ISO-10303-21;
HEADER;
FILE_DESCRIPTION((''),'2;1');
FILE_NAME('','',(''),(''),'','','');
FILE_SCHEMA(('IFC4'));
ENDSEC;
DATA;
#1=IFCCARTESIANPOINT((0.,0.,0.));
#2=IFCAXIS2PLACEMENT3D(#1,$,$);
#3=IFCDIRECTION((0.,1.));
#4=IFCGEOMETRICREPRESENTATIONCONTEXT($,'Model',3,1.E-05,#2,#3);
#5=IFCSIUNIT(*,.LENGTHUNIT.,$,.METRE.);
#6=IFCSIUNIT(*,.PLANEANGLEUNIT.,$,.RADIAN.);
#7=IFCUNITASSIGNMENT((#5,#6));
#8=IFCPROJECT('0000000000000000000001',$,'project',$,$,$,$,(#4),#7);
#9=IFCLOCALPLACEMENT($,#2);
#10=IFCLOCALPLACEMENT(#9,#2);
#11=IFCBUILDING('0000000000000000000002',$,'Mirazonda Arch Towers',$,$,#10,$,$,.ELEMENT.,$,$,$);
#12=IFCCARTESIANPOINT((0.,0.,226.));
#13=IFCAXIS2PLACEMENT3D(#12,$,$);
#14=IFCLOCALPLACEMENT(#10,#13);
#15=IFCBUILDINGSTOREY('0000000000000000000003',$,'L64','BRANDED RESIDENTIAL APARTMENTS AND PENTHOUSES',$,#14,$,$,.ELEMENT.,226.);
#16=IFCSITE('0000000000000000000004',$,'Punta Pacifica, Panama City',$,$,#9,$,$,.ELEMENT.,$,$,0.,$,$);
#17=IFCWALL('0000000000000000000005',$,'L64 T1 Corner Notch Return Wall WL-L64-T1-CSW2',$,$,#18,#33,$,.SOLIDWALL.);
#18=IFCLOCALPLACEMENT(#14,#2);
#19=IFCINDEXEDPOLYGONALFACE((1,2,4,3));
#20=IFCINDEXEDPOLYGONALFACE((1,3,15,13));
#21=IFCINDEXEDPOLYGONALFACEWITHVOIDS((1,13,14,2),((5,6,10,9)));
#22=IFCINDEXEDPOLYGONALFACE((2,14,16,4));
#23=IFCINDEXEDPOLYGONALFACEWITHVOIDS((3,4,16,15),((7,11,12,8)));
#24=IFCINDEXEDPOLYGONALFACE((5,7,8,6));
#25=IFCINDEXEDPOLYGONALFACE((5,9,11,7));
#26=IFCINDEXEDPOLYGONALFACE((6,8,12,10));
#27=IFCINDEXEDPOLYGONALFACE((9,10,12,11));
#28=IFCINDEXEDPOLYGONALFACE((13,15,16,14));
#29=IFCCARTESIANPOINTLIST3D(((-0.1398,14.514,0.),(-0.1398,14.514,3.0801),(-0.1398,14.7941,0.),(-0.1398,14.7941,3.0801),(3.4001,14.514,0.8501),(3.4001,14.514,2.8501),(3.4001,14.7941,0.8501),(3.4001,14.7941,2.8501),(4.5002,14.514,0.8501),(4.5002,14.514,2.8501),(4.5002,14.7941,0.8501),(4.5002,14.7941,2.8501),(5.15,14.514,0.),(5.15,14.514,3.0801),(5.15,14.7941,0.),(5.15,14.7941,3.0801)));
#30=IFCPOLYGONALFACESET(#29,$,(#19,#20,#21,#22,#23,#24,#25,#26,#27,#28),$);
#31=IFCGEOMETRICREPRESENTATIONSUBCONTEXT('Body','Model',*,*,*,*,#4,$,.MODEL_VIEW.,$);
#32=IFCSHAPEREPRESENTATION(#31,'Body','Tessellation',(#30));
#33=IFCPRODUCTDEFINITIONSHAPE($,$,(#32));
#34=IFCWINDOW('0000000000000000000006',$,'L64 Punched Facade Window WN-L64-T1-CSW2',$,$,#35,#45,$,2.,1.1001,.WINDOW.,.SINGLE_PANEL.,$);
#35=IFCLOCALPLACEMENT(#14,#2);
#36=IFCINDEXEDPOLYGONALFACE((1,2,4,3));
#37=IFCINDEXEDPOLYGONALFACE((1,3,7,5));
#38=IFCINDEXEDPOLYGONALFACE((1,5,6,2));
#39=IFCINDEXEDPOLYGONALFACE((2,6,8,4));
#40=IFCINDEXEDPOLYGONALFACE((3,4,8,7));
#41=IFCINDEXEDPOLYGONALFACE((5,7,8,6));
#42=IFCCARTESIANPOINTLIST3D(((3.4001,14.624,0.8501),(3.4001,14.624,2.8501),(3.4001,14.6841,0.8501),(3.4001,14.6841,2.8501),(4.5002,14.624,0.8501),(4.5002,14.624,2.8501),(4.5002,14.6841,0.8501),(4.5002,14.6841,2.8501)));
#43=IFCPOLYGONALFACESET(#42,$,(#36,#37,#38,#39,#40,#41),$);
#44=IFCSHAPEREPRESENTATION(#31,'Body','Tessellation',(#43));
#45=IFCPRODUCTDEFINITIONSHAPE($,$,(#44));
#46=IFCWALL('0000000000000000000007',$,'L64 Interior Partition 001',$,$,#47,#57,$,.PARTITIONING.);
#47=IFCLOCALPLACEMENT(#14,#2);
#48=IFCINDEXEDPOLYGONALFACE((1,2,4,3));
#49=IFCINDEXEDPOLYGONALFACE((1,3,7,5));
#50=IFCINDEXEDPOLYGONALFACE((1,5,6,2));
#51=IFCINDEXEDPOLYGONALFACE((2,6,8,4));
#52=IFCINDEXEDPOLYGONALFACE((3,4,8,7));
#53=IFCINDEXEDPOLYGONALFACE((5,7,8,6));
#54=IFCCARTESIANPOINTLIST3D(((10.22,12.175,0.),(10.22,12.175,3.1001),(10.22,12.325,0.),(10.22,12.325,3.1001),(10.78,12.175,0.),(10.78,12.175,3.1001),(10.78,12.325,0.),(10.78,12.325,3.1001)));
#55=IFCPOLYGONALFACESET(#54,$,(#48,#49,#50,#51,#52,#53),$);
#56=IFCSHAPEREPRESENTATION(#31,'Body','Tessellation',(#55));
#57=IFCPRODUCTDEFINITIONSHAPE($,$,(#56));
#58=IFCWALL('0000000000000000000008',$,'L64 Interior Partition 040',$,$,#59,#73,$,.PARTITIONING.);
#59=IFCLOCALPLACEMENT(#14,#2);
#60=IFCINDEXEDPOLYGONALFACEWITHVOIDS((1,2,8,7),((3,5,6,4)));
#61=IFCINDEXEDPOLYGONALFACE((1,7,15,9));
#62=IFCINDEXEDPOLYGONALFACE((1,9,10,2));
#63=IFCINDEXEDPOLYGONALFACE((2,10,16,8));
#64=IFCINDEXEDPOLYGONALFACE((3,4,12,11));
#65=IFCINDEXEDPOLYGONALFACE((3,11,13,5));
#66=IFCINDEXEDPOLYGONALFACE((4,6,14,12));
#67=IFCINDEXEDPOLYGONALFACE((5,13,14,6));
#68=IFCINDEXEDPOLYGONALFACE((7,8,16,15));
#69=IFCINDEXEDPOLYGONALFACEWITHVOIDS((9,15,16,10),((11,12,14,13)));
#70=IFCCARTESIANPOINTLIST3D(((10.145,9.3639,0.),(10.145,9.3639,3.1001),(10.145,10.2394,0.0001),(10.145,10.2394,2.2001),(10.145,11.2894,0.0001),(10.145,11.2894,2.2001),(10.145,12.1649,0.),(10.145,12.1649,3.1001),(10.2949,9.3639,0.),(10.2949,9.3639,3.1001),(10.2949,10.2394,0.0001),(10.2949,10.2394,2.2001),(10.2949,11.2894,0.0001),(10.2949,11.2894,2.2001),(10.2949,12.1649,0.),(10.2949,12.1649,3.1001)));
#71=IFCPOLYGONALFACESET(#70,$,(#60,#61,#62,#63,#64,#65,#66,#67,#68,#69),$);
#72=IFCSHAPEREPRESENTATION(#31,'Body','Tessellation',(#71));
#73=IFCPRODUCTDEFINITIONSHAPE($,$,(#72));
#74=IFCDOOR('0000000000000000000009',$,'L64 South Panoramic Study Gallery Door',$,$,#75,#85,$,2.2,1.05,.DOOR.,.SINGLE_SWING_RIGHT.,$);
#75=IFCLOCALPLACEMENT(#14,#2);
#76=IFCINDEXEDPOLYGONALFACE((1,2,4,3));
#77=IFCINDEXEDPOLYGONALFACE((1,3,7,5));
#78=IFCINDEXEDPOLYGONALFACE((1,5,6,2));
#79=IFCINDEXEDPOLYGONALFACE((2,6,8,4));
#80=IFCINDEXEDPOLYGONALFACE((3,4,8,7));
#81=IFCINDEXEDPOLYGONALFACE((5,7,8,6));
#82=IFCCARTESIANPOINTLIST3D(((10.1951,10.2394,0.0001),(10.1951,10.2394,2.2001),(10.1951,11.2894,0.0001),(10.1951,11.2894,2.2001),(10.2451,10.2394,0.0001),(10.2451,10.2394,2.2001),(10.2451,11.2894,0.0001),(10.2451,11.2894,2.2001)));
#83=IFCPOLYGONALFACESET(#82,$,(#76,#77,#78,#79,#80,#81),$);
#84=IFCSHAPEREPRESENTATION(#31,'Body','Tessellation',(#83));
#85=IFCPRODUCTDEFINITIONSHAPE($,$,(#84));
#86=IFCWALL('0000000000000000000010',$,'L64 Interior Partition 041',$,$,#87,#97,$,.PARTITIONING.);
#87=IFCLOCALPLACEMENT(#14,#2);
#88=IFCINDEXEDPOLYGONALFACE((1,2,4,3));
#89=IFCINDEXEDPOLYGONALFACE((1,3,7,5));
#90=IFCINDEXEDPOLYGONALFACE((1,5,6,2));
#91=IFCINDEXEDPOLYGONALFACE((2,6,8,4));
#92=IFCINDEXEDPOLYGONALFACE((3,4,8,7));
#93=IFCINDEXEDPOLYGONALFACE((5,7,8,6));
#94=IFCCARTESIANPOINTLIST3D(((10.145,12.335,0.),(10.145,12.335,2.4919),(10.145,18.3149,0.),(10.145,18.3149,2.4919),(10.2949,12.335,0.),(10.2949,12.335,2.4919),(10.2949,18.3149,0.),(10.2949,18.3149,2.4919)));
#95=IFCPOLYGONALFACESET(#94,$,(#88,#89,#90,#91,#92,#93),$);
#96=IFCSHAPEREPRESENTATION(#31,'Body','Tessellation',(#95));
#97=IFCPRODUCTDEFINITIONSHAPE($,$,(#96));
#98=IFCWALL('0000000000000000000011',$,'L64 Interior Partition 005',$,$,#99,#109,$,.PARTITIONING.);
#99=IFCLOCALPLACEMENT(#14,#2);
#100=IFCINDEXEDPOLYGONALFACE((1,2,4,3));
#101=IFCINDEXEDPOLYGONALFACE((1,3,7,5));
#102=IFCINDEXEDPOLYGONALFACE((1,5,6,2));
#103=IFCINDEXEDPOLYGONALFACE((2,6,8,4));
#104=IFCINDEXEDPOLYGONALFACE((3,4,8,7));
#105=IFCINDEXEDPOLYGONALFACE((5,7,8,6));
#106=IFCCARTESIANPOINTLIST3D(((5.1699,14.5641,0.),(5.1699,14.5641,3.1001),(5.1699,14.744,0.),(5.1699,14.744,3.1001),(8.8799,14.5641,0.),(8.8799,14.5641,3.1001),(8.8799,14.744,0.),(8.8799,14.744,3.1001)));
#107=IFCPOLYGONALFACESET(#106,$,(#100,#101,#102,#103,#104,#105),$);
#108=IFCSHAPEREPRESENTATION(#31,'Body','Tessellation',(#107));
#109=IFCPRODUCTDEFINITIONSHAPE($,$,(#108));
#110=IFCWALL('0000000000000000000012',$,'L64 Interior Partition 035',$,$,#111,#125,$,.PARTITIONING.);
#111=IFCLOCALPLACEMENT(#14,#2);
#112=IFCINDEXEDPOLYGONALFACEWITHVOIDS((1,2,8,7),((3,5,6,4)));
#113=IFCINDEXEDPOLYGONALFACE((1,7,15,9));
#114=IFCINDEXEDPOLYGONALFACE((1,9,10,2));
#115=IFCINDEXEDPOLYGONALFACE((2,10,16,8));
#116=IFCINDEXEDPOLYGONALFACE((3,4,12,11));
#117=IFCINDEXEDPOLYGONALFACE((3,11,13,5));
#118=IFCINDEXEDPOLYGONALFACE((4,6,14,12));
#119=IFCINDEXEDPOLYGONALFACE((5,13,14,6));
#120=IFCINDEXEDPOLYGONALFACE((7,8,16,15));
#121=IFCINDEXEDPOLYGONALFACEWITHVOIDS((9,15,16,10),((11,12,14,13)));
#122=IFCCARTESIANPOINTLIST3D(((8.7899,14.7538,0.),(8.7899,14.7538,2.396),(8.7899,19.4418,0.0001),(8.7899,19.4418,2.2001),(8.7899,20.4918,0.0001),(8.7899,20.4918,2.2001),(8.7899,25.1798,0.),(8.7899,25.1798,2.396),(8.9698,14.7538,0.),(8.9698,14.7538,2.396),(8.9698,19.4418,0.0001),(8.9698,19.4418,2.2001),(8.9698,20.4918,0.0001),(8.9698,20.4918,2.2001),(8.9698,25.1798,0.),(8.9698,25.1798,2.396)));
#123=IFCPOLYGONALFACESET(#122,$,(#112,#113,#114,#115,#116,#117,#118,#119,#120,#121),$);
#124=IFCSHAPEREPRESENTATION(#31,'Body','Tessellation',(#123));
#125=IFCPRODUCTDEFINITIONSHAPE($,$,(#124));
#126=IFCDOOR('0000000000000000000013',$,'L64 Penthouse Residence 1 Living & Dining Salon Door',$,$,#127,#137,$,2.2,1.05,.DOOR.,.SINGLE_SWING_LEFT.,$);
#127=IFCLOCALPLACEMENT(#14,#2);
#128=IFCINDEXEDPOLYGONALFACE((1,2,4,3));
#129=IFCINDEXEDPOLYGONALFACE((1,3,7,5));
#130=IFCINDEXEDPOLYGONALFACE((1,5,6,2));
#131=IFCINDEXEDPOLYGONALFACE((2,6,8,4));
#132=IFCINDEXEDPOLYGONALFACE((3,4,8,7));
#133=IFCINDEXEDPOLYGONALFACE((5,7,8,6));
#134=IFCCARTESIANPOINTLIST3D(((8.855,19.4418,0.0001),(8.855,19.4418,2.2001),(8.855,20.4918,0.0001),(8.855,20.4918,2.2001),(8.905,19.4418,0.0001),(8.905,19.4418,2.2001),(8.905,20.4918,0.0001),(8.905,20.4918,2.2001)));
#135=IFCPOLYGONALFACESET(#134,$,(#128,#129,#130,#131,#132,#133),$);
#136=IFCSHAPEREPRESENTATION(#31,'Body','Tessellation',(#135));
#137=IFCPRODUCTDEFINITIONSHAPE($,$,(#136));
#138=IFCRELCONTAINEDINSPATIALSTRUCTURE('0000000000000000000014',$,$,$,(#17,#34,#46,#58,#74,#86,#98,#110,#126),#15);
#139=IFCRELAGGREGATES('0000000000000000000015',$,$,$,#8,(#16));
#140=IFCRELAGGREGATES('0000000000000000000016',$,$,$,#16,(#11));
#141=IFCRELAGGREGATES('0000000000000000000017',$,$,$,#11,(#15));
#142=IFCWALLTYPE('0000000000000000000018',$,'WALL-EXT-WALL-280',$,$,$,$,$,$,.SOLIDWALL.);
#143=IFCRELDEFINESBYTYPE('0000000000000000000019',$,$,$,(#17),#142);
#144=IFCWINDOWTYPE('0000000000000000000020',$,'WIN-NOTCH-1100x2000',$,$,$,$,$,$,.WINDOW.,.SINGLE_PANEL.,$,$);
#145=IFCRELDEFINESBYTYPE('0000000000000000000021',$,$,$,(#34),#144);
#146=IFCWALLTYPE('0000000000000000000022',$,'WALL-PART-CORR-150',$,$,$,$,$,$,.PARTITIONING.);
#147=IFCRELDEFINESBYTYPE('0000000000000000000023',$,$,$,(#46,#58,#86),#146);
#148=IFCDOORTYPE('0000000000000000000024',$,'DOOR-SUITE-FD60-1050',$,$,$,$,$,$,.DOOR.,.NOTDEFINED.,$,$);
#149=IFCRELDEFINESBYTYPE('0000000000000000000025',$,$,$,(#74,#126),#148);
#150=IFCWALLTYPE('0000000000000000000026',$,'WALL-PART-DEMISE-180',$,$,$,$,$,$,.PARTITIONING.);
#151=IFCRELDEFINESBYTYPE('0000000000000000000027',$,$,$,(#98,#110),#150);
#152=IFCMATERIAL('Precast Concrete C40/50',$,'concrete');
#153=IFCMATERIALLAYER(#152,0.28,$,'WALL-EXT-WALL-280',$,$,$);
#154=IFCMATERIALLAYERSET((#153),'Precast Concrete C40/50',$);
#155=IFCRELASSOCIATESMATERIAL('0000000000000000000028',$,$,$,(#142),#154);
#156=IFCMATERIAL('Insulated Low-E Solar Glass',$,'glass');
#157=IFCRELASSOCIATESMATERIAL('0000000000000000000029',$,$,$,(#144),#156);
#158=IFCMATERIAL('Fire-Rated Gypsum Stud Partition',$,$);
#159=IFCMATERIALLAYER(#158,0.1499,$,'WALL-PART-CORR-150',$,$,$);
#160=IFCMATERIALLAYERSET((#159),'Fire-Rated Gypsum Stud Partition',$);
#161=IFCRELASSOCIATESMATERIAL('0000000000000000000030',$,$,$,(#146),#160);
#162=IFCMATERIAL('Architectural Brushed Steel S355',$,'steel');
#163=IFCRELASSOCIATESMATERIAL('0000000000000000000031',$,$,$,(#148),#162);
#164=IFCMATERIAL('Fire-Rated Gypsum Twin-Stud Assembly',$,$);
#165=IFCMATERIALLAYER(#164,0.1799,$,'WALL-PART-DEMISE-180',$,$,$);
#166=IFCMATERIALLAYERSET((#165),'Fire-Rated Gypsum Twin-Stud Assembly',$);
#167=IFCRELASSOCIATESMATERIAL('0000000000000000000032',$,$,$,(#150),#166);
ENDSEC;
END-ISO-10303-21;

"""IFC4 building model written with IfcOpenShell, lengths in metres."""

from ifc_helpers import new_model, si_unit, direction, frame, frame_2d, origin, place, context, subcontext, project, spatial, rectangle, extrude, material, layer, layer_set, type_object, element, fill, save


model = new_model("IFC4")

# Units and contexts
model_context = context("Model", 3, precision=1e-05, world=origin(), true_north=direction((0.0, 1.0)))
body_context = subcontext(model_context, "Body", "Model", "MODEL_VIEW")
ifc_project = project(units=[si_unit("LENGTHUNIT", "METRE"), si_unit("PLANEANGLEUNIT", "RADIAN")], contexts=[model_context])

# Site, building, storey
site_placement = place(None, origin())
site = spatial("IfcSite", under=ifc_project, at=site_placement, Name="Punta Pacifica, Panama City", CompositionType="ELEMENT", RefElevation=0.0)
building_placement = place(site_placement, origin())
building = spatial("IfcBuilding", under=site, at=building_placement, Name="Mirazonda Arch Towers", CompositionType="ELEMENT")
storey_placement = place(building_placement, frame((0.0, 0.0, 226.0)))
storey = spatial("IfcBuildingStorey", under=building, at=storey_placement, Name="L64", Description="BRANDED RESIDENTIAL APARTMENTS AND PENTHOUSES", CompositionType="ELEMENT", Elevation=226.0)

# Shared definitions
ifc_material_1 = material(Name="Insulated Low-E Solar Glass", Category="glass")

# Wall, opening, window
ifc_material_2 = material(Name="Precast Concrete C40/50", Category="concrete")
ifc_layer_1 = layer(ifc_material_2, 0.28, Name="WALL-EXT-WALL-280")
ifc_layer_set_1 = layer_set([ifc_layer_1], Name="Precast Concrete C40/50")
wall_type_1 = type_object("IfcWallType", Name="WALL-EXT-WALL-280", PredefinedType="SOLIDWALL", material=ifc_layer_set_1)
wall_1_placement = place(storey_placement, frame((-0.1399, 14.6541, 0.0), z_axis=(0.0, 0.0, 1.0), x_axis=(1.0, 0.0, 0.0)))
wall_1 = element("IfcWall", 1, at=wall_1_placement, inside=storey, type_object=wall_type_1, Name="L64 T1 Corner Notch Return Wall WL-L64-T1-CSW2", PredefinedType="SOLIDWALL", context=body_context, shape_type="SweptSolid", body=[
    extrude(rectangle(XDim=5.2898, YDim=0.28, at=frame_2d((2.645, 0.0))), origin(), (0.0, 0.0, 1.0), 3.0801),
])
opening_1_placement = place(wall_1_placement, frame((3.54, 0.0, 0.8501)))
opening_1 = element("IfcOpeningElement", 2, at=opening_1_placement, cuts=wall_1, PredefinedType="OPENING", context=body_context, shape_type="SweptSolid", body=[
    extrude(rectangle(XDim=1.1001, YDim=2.0, at=frame_2d((0.55, 1.0))), frame((0.0, 0.1499, 0.0), z_axis=(0.0, -1.0, 0.0), x_axis=(1.0, 0.0, 0.0)), (0.0, 0.0, 1.0), 0.3),
])
window_type_1 = type_object("IfcWindowType", Name="WIN-NOTCH-1100x2000", PartitioningType="SINGLE_PANEL", PredefinedType="WINDOW", material=ifc_material_1)
window_1_placement = place(opening_1_placement, origin())
window_1 = element("IfcWindow", 3, at=window_1_placement, inside=storey, type_object=window_type_1, Name="L64 Punched Facade Window WN-L64-T1-CSW2", OverallHeight=2.0, OverallWidth=1.1001, PartitioningType="SINGLE_PANEL", PredefinedType="WINDOW", context=body_context, shape_type="SweptSolid", body=[
    extrude(rectangle(XDim=1.1001, YDim=2.0, at=frame_2d((0.55, 1.0))), frame((0.0, 0.03, 0.0), z_axis=(0.0, -1.0, 0.0), x_axis=(1.0, 0.0, 0.0)), (0.0, 0.0, 1.0), 0.0601),
])
fill(opening_1, window_1)

# Wall
ifc_material_3 = material(Name="Fire-Rated Gypsum Stud Partition")
ifc_layer_2 = layer(ifc_material_3, 0.1499, Name="WALL-PART-CORR-150")
ifc_layer_set_2 = layer_set([ifc_layer_2], Name="Fire-Rated Gypsum Stud Partition")
wall_type_2 = type_object("IfcWallType", Name="WALL-PART-CORR-150", PredefinedType="PARTITIONING", material=ifc_layer_set_2)
wall_2_placement = place(storey_placement, frame((10.22, 12.25, 0.0), z_axis=(0.0, 0.0, 1.0), x_axis=(1.0, 0.0, 0.0)))
element("IfcWall", 4, at=wall_2_placement, inside=storey, type_object=wall_type_2, Name="L64 Interior Partition 001", PredefinedType="PARTITIONING", context=body_context, shape_type="SweptSolid", body=[
    extrude(rectangle(XDim=0.5601, YDim=0.1499, at=frame_2d((0.28, 0.0))), origin(), (0.0, 0.0, 1.0), 3.1001),
])

# Wall, opening, door
wall_3_placement = place(storey_placement, frame((10.22, 9.364, 0.0), z_axis=(0.0, 0.0, 1.0), x_axis=(0.0, 1.0, 0.0)))
wall_3 = element("IfcWall", 5, at=wall_3_placement, inside=storey, type_object=wall_type_2, Name="L64 Interior Partition 040", PredefinedType="PARTITIONING", context=body_context, shape_type="SweptSolid", body=[
    extrude(rectangle(XDim=2.801, YDim=0.1499, at=frame_2d((1.4004, 0.0))), origin(), (0.0, 0.0, 1.0), 3.1001),
])
opening_2_placement = place(wall_3_placement, frame((0.8755, 0.0, 0.0)))
opening_2 = element("IfcOpeningElement", 6, at=opening_2_placement, cuts=wall_3, PredefinedType="OPENING", context=body_context, shape_type="SweptSolid", body=[
    extrude(rectangle(XDim=1.05, YDim=2.2, at=frame_2d((0.5249, 1.1001))), frame((0.0, 0.085, 0.0), z_axis=(0.0, -1.0, 0.0), x_axis=(1.0, 0.0, 0.0)), (0.0, 0.0, 1.0), 0.1699),
])
ifc_material_4 = material(Name="Architectural Brushed Steel S355", Category="steel")
door_type_1 = type_object("IfcDoorType", Name="DOOR-SUITE-FD60-1050", OperationType="NOTDEFINED", PredefinedType="DOOR", material=ifc_material_4)
door_1_placement = place(opening_2_placement, origin())
door_1 = element("IfcDoor", 7, at=door_1_placement, inside=storey, type_object=door_type_1, Name="L64 South Panoramic Study Gallery Door", OperationType="SINGLE_SWING_RIGHT", OverallHeight=2.2, OverallWidth=1.05, PredefinedType="DOOR", context=body_context, shape_type="SweptSolid", body=[
    extrude(rectangle(XDim=1.05, YDim=2.2, at=frame_2d((0.5249, 1.1001))), frame((0.0, 0.0249, 0.0), z_axis=(0.0, -1.0, 0.0), x_axis=(1.0, 0.0, 0.0)), (0.0, 0.0, 1.0), 0.05),
])
fill(opening_2, door_1)

# Walls
wall_4_placement = place(storey_placement, frame((10.22, 12.335, 0.0), z_axis=(0.0, 0.0, 1.0), x_axis=(0.0, 1.0, 0.0)))
element("IfcWall", 8, at=wall_4_placement, inside=storey, type_object=wall_type_2, Name="L64 Interior Partition 041", PredefinedType="PARTITIONING", context=body_context, shape_type="SweptSolid", body=[
    extrude(rectangle(XDim=5.98, YDim=0.1499, at=frame_2d((2.99, 0.0))), origin(), (0.0, 0.0, 1.0), 2.4919),
])
ifc_material_5 = material(Name="Fire-Rated Gypsum Twin-Stud Assembly")
ifc_layer_3 = layer(ifc_material_5, 0.1799, Name="WALL-PART-DEMISE-180")
ifc_layer_set_3 = layer_set([ifc_layer_3], Name="Fire-Rated Gypsum Twin-Stud Assembly")
wall_type_3 = type_object("IfcWallType", Name="WALL-PART-DEMISE-180", PredefinedType="PARTITIONING", material=ifc_layer_set_3)
wall_5_placement = place(storey_placement, frame((5.1699, 14.6541, 0.0), z_axis=(0.0, 0.0, 1.0), x_axis=(1.0, 0.0, 0.0)))
element("IfcWall", 9, at=wall_5_placement, inside=storey, type_object=wall_type_3, Name="L64 Interior Partition 005", PredefinedType="PARTITIONING", context=body_context, shape_type="SweptSolid", body=[
    extrude(rectangle(XDim=3.71, YDim=0.1799, at=frame_2d((1.855, 0.0))), origin(), (0.0, 0.0, 1.0), 3.1001),
])

# Wall, opening, door
wall_6_placement = place(storey_placement, frame((8.8799, 14.7539, 0.0), z_axis=(0.0, 0.0, 1.0), x_axis=(0.0, 1.0, 0.0)))
wall_6 = element("IfcWall", 10, at=wall_6_placement, inside=storey, type_object=wall_type_3, Name="L64 Interior Partition 035", PredefinedType="PARTITIONING", context=body_context, shape_type="SweptSolid", body=[
    extrude(rectangle(XDim=10.426, YDim=0.1799, at=frame_2d((5.2129, 0.0))), origin(), (0.0, 0.0, 1.0), 2.396),
])
opening_3_placement = place(wall_6_placement, frame((4.688, 0.0, 0.0)))
opening_3 = element("IfcOpeningElement", 11, at=opening_3_placement, cuts=wall_6, PredefinedType="OPENING", context=body_context, shape_type="SweptSolid", body=[
    extrude(rectangle(XDim=1.05, YDim=2.2, at=frame_2d((0.5249, 1.1001))), frame((0.0, 0.0999, 0.0), z_axis=(0.0, -1.0, 0.0), x_axis=(1.0, 0.0, 0.0)), (0.0, 0.0, 1.0), 0.2),
])
door_2_placement = place(opening_3_placement, origin())
door_2 = element("IfcDoor", 12, at=door_2_placement, inside=storey, type_object=door_type_1, Name="L64 Penthouse Residence 1 Living & Dining Salon Door", OperationType="SINGLE_SWING_LEFT", OverallHeight=2.2, OverallWidth=1.05, PredefinedType="DOOR", context=body_context, shape_type="SweptSolid", body=[
    extrude(rectangle(XDim=1.05, YDim=2.2, at=frame_2d((0.5249, 1.1001))), frame((0.0, 0.0249, 0.0), z_axis=(0.0, -1.0, 0.0), x_axis=(1.0, 0.0, 0.0)), (0.0, 0.0, 1.0), 0.05),
])
fill(opening_3, door_2)

save(model, "model.ifc")
